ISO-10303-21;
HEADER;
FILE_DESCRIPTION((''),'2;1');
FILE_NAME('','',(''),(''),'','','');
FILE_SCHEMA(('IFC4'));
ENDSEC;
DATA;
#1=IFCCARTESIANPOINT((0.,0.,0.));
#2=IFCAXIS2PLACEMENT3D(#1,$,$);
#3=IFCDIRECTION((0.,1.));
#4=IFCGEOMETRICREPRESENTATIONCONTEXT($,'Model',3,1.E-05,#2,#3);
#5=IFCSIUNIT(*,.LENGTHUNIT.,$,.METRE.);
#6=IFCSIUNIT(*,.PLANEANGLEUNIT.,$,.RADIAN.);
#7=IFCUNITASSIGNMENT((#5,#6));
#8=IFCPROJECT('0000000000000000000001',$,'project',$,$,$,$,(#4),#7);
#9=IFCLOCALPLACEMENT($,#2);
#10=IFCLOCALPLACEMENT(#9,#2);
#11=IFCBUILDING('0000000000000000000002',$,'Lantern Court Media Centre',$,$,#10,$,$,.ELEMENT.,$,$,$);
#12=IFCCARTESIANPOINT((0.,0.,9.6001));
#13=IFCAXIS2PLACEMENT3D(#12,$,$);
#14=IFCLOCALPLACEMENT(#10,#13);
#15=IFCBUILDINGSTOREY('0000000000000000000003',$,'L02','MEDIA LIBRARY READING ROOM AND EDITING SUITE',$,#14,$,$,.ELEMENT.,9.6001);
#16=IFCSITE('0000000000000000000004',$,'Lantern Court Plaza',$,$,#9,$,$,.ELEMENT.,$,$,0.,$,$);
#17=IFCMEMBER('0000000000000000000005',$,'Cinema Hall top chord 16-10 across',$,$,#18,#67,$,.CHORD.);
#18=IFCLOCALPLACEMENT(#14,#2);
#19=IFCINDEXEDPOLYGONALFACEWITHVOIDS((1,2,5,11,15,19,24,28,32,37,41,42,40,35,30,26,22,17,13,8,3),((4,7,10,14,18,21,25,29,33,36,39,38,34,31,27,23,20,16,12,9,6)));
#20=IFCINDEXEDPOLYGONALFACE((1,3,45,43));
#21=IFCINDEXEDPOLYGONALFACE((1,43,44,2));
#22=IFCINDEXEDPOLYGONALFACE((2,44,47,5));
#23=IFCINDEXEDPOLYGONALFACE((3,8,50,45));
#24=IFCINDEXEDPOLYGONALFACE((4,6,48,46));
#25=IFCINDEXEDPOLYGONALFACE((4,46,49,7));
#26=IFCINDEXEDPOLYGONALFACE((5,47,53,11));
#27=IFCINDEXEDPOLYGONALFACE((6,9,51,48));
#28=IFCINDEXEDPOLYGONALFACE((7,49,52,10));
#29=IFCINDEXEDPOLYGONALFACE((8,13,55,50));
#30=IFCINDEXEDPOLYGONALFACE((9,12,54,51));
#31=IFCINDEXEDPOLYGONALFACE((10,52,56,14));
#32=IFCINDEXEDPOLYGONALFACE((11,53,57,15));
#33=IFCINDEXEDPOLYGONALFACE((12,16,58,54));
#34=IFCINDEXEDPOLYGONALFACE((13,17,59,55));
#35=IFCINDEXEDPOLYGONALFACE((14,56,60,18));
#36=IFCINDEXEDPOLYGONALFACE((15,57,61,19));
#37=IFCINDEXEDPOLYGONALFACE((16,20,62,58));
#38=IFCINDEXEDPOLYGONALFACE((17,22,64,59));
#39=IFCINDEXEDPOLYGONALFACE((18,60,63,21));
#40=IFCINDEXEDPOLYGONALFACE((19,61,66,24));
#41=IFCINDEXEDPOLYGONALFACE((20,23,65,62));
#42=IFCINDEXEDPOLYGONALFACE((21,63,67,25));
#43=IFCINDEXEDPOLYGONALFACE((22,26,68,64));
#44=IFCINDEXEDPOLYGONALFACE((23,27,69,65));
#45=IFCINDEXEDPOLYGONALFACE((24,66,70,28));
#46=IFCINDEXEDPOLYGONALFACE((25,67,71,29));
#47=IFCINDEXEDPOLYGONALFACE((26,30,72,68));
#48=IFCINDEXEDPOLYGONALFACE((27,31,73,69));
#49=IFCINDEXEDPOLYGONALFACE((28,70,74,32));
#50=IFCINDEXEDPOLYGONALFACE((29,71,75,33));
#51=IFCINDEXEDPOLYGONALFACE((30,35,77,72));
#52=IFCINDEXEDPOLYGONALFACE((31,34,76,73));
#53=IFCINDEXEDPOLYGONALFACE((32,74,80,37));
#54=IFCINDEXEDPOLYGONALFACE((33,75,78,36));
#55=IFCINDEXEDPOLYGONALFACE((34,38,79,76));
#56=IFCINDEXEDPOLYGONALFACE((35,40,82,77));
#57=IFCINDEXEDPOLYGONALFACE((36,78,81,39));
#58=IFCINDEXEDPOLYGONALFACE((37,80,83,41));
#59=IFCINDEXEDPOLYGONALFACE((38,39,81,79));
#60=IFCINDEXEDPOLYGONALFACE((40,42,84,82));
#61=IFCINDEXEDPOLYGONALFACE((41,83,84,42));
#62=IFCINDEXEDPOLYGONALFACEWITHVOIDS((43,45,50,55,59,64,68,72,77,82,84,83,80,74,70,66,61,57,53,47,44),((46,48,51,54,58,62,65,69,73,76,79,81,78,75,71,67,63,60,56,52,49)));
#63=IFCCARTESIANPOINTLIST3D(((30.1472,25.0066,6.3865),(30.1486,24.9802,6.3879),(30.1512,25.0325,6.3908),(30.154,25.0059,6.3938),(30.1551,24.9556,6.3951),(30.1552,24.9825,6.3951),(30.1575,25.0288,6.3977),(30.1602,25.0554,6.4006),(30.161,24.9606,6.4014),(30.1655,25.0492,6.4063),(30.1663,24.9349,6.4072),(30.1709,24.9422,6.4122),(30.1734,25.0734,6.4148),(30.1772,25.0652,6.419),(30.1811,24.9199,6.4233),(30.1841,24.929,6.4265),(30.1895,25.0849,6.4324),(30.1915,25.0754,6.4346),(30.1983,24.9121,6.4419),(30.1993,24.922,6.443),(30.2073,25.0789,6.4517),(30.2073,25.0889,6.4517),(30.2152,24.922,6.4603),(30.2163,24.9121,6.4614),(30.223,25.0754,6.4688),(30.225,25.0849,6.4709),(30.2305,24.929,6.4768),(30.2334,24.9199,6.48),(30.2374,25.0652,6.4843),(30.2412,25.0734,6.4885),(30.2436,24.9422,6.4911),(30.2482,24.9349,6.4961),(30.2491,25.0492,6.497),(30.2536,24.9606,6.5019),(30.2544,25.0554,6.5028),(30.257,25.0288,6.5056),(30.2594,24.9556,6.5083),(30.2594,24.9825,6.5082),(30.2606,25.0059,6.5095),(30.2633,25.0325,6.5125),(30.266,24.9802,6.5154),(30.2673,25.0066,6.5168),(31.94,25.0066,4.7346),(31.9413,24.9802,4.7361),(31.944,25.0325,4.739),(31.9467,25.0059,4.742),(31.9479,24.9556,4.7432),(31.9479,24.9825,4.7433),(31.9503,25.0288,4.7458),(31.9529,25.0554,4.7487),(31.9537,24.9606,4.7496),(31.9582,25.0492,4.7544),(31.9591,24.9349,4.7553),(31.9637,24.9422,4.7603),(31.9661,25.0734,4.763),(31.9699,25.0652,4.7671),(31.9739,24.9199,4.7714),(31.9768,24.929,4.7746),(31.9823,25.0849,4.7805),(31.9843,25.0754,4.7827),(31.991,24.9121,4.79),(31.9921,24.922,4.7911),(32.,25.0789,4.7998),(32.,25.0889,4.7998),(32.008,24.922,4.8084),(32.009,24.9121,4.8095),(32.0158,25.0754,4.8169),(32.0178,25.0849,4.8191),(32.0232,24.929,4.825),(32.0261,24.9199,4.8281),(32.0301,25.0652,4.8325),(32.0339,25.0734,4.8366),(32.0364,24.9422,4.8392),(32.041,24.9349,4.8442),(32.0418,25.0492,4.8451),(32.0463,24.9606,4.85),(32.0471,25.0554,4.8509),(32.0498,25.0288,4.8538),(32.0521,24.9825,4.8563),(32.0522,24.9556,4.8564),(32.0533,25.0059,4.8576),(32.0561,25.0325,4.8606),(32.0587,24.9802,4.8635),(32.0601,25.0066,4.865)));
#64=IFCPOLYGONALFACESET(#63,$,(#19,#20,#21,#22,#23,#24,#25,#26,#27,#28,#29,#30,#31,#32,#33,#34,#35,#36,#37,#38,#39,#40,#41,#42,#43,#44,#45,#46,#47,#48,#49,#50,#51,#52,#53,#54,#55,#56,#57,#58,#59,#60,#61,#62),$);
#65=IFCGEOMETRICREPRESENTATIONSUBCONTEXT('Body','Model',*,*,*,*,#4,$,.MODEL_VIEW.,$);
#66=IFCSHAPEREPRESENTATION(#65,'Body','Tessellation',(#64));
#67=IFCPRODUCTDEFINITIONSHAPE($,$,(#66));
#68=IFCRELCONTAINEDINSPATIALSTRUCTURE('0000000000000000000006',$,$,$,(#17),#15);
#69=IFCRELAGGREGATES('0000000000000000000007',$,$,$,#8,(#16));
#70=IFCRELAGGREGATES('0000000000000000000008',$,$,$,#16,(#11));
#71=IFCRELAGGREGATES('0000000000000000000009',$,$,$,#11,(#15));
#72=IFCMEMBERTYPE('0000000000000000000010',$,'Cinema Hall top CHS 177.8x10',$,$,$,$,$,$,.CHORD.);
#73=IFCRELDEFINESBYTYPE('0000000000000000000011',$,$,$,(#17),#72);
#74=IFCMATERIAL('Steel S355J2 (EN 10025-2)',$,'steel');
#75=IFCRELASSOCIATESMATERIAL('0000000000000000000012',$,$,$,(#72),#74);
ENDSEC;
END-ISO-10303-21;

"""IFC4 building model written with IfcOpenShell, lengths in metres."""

from ifc_helpers import new_model, si_unit, direction, frame, origin, origin_2d, place, context, subcontext, project, spatial, hollow_circle, extrude, material, material_profile, profile_set, type_object, element, save


model = new_model("IFC4")

# Units and contexts
model_context = context("Model", 3, precision=1e-05, world=origin(), true_north=direction((0.0, 1.0)))
body_context = subcontext(model_context, "Body", "Model", "MODEL_VIEW")
ifc_project = project(units=[si_unit("LENGTHUNIT", "METRE"), si_unit("PLANEANGLEUNIT", "RADIAN")], contexts=[model_context])

# Site, building, storey
site_placement = place(None, origin())
site = spatial("IfcSite", under=ifc_project, at=site_placement, Name="Lantern Court Plaza", CompositionType="ELEMENT", RefElevation=0.0)
building_placement = place(site_placement, origin())
building = spatial("IfcBuilding", under=site, at=building_placement, Name="Lantern Court Media Centre", CompositionType="ELEMENT")
storey_placement = place(building_placement, frame((0.0, 0.0, 9.6001)))
storey = spatial("IfcBuildingStorey", under=building, at=storey_placement, Name="L02", Description="MEDIA LIBRARY READING ROOM AND EDITING SUITE", CompositionType="ELEMENT", Elevation=9.6001)

# Member
ifc_material = material(Name="Steel S355J2 (EN 10025-2)", Category="steel")
ifc_material_profile_1 = material_profile(ifc_material, hollow_circle(Radius=0.0889, WallThickness=0.01, at=origin_2d()), Name="Cinema Hall top CHS 177.8x10")
ifc_profile_set_1 = profile_set([ifc_material_profile_1], Name="Steel S355J2 (EN 10025-2)")
member_type_1 = type_object("IfcMemberType", Name="Cinema Hall top CHS 177.8x10", PredefinedType="CHORD", material=ifc_profile_set_1)
for number, where, z_axis, x_axis, name in (
    (1, (30.2073, 25.0, 6.4517), (0.73541, 0.0, -0.677623), (0.0, 1.0, 0.0), "Cinema Hall top chord 16-10 across"),
):
    element("IfcMember", number, at=place(storey_placement, frame(where, z_axis=z_axis, x_axis=x_axis)), inside=storey, type_object=member_type_1, Name=name, PredefinedType="CHORD", context=body_context, shape_type="SweptSolid", body=[
        extrude(hollow_circle(Radius=0.0889, WallThickness=0.01, at=origin_2d()), origin(), (0.0, 0.0, 1.0), 2.4377),
    ])

save(model, "model.ifc")
